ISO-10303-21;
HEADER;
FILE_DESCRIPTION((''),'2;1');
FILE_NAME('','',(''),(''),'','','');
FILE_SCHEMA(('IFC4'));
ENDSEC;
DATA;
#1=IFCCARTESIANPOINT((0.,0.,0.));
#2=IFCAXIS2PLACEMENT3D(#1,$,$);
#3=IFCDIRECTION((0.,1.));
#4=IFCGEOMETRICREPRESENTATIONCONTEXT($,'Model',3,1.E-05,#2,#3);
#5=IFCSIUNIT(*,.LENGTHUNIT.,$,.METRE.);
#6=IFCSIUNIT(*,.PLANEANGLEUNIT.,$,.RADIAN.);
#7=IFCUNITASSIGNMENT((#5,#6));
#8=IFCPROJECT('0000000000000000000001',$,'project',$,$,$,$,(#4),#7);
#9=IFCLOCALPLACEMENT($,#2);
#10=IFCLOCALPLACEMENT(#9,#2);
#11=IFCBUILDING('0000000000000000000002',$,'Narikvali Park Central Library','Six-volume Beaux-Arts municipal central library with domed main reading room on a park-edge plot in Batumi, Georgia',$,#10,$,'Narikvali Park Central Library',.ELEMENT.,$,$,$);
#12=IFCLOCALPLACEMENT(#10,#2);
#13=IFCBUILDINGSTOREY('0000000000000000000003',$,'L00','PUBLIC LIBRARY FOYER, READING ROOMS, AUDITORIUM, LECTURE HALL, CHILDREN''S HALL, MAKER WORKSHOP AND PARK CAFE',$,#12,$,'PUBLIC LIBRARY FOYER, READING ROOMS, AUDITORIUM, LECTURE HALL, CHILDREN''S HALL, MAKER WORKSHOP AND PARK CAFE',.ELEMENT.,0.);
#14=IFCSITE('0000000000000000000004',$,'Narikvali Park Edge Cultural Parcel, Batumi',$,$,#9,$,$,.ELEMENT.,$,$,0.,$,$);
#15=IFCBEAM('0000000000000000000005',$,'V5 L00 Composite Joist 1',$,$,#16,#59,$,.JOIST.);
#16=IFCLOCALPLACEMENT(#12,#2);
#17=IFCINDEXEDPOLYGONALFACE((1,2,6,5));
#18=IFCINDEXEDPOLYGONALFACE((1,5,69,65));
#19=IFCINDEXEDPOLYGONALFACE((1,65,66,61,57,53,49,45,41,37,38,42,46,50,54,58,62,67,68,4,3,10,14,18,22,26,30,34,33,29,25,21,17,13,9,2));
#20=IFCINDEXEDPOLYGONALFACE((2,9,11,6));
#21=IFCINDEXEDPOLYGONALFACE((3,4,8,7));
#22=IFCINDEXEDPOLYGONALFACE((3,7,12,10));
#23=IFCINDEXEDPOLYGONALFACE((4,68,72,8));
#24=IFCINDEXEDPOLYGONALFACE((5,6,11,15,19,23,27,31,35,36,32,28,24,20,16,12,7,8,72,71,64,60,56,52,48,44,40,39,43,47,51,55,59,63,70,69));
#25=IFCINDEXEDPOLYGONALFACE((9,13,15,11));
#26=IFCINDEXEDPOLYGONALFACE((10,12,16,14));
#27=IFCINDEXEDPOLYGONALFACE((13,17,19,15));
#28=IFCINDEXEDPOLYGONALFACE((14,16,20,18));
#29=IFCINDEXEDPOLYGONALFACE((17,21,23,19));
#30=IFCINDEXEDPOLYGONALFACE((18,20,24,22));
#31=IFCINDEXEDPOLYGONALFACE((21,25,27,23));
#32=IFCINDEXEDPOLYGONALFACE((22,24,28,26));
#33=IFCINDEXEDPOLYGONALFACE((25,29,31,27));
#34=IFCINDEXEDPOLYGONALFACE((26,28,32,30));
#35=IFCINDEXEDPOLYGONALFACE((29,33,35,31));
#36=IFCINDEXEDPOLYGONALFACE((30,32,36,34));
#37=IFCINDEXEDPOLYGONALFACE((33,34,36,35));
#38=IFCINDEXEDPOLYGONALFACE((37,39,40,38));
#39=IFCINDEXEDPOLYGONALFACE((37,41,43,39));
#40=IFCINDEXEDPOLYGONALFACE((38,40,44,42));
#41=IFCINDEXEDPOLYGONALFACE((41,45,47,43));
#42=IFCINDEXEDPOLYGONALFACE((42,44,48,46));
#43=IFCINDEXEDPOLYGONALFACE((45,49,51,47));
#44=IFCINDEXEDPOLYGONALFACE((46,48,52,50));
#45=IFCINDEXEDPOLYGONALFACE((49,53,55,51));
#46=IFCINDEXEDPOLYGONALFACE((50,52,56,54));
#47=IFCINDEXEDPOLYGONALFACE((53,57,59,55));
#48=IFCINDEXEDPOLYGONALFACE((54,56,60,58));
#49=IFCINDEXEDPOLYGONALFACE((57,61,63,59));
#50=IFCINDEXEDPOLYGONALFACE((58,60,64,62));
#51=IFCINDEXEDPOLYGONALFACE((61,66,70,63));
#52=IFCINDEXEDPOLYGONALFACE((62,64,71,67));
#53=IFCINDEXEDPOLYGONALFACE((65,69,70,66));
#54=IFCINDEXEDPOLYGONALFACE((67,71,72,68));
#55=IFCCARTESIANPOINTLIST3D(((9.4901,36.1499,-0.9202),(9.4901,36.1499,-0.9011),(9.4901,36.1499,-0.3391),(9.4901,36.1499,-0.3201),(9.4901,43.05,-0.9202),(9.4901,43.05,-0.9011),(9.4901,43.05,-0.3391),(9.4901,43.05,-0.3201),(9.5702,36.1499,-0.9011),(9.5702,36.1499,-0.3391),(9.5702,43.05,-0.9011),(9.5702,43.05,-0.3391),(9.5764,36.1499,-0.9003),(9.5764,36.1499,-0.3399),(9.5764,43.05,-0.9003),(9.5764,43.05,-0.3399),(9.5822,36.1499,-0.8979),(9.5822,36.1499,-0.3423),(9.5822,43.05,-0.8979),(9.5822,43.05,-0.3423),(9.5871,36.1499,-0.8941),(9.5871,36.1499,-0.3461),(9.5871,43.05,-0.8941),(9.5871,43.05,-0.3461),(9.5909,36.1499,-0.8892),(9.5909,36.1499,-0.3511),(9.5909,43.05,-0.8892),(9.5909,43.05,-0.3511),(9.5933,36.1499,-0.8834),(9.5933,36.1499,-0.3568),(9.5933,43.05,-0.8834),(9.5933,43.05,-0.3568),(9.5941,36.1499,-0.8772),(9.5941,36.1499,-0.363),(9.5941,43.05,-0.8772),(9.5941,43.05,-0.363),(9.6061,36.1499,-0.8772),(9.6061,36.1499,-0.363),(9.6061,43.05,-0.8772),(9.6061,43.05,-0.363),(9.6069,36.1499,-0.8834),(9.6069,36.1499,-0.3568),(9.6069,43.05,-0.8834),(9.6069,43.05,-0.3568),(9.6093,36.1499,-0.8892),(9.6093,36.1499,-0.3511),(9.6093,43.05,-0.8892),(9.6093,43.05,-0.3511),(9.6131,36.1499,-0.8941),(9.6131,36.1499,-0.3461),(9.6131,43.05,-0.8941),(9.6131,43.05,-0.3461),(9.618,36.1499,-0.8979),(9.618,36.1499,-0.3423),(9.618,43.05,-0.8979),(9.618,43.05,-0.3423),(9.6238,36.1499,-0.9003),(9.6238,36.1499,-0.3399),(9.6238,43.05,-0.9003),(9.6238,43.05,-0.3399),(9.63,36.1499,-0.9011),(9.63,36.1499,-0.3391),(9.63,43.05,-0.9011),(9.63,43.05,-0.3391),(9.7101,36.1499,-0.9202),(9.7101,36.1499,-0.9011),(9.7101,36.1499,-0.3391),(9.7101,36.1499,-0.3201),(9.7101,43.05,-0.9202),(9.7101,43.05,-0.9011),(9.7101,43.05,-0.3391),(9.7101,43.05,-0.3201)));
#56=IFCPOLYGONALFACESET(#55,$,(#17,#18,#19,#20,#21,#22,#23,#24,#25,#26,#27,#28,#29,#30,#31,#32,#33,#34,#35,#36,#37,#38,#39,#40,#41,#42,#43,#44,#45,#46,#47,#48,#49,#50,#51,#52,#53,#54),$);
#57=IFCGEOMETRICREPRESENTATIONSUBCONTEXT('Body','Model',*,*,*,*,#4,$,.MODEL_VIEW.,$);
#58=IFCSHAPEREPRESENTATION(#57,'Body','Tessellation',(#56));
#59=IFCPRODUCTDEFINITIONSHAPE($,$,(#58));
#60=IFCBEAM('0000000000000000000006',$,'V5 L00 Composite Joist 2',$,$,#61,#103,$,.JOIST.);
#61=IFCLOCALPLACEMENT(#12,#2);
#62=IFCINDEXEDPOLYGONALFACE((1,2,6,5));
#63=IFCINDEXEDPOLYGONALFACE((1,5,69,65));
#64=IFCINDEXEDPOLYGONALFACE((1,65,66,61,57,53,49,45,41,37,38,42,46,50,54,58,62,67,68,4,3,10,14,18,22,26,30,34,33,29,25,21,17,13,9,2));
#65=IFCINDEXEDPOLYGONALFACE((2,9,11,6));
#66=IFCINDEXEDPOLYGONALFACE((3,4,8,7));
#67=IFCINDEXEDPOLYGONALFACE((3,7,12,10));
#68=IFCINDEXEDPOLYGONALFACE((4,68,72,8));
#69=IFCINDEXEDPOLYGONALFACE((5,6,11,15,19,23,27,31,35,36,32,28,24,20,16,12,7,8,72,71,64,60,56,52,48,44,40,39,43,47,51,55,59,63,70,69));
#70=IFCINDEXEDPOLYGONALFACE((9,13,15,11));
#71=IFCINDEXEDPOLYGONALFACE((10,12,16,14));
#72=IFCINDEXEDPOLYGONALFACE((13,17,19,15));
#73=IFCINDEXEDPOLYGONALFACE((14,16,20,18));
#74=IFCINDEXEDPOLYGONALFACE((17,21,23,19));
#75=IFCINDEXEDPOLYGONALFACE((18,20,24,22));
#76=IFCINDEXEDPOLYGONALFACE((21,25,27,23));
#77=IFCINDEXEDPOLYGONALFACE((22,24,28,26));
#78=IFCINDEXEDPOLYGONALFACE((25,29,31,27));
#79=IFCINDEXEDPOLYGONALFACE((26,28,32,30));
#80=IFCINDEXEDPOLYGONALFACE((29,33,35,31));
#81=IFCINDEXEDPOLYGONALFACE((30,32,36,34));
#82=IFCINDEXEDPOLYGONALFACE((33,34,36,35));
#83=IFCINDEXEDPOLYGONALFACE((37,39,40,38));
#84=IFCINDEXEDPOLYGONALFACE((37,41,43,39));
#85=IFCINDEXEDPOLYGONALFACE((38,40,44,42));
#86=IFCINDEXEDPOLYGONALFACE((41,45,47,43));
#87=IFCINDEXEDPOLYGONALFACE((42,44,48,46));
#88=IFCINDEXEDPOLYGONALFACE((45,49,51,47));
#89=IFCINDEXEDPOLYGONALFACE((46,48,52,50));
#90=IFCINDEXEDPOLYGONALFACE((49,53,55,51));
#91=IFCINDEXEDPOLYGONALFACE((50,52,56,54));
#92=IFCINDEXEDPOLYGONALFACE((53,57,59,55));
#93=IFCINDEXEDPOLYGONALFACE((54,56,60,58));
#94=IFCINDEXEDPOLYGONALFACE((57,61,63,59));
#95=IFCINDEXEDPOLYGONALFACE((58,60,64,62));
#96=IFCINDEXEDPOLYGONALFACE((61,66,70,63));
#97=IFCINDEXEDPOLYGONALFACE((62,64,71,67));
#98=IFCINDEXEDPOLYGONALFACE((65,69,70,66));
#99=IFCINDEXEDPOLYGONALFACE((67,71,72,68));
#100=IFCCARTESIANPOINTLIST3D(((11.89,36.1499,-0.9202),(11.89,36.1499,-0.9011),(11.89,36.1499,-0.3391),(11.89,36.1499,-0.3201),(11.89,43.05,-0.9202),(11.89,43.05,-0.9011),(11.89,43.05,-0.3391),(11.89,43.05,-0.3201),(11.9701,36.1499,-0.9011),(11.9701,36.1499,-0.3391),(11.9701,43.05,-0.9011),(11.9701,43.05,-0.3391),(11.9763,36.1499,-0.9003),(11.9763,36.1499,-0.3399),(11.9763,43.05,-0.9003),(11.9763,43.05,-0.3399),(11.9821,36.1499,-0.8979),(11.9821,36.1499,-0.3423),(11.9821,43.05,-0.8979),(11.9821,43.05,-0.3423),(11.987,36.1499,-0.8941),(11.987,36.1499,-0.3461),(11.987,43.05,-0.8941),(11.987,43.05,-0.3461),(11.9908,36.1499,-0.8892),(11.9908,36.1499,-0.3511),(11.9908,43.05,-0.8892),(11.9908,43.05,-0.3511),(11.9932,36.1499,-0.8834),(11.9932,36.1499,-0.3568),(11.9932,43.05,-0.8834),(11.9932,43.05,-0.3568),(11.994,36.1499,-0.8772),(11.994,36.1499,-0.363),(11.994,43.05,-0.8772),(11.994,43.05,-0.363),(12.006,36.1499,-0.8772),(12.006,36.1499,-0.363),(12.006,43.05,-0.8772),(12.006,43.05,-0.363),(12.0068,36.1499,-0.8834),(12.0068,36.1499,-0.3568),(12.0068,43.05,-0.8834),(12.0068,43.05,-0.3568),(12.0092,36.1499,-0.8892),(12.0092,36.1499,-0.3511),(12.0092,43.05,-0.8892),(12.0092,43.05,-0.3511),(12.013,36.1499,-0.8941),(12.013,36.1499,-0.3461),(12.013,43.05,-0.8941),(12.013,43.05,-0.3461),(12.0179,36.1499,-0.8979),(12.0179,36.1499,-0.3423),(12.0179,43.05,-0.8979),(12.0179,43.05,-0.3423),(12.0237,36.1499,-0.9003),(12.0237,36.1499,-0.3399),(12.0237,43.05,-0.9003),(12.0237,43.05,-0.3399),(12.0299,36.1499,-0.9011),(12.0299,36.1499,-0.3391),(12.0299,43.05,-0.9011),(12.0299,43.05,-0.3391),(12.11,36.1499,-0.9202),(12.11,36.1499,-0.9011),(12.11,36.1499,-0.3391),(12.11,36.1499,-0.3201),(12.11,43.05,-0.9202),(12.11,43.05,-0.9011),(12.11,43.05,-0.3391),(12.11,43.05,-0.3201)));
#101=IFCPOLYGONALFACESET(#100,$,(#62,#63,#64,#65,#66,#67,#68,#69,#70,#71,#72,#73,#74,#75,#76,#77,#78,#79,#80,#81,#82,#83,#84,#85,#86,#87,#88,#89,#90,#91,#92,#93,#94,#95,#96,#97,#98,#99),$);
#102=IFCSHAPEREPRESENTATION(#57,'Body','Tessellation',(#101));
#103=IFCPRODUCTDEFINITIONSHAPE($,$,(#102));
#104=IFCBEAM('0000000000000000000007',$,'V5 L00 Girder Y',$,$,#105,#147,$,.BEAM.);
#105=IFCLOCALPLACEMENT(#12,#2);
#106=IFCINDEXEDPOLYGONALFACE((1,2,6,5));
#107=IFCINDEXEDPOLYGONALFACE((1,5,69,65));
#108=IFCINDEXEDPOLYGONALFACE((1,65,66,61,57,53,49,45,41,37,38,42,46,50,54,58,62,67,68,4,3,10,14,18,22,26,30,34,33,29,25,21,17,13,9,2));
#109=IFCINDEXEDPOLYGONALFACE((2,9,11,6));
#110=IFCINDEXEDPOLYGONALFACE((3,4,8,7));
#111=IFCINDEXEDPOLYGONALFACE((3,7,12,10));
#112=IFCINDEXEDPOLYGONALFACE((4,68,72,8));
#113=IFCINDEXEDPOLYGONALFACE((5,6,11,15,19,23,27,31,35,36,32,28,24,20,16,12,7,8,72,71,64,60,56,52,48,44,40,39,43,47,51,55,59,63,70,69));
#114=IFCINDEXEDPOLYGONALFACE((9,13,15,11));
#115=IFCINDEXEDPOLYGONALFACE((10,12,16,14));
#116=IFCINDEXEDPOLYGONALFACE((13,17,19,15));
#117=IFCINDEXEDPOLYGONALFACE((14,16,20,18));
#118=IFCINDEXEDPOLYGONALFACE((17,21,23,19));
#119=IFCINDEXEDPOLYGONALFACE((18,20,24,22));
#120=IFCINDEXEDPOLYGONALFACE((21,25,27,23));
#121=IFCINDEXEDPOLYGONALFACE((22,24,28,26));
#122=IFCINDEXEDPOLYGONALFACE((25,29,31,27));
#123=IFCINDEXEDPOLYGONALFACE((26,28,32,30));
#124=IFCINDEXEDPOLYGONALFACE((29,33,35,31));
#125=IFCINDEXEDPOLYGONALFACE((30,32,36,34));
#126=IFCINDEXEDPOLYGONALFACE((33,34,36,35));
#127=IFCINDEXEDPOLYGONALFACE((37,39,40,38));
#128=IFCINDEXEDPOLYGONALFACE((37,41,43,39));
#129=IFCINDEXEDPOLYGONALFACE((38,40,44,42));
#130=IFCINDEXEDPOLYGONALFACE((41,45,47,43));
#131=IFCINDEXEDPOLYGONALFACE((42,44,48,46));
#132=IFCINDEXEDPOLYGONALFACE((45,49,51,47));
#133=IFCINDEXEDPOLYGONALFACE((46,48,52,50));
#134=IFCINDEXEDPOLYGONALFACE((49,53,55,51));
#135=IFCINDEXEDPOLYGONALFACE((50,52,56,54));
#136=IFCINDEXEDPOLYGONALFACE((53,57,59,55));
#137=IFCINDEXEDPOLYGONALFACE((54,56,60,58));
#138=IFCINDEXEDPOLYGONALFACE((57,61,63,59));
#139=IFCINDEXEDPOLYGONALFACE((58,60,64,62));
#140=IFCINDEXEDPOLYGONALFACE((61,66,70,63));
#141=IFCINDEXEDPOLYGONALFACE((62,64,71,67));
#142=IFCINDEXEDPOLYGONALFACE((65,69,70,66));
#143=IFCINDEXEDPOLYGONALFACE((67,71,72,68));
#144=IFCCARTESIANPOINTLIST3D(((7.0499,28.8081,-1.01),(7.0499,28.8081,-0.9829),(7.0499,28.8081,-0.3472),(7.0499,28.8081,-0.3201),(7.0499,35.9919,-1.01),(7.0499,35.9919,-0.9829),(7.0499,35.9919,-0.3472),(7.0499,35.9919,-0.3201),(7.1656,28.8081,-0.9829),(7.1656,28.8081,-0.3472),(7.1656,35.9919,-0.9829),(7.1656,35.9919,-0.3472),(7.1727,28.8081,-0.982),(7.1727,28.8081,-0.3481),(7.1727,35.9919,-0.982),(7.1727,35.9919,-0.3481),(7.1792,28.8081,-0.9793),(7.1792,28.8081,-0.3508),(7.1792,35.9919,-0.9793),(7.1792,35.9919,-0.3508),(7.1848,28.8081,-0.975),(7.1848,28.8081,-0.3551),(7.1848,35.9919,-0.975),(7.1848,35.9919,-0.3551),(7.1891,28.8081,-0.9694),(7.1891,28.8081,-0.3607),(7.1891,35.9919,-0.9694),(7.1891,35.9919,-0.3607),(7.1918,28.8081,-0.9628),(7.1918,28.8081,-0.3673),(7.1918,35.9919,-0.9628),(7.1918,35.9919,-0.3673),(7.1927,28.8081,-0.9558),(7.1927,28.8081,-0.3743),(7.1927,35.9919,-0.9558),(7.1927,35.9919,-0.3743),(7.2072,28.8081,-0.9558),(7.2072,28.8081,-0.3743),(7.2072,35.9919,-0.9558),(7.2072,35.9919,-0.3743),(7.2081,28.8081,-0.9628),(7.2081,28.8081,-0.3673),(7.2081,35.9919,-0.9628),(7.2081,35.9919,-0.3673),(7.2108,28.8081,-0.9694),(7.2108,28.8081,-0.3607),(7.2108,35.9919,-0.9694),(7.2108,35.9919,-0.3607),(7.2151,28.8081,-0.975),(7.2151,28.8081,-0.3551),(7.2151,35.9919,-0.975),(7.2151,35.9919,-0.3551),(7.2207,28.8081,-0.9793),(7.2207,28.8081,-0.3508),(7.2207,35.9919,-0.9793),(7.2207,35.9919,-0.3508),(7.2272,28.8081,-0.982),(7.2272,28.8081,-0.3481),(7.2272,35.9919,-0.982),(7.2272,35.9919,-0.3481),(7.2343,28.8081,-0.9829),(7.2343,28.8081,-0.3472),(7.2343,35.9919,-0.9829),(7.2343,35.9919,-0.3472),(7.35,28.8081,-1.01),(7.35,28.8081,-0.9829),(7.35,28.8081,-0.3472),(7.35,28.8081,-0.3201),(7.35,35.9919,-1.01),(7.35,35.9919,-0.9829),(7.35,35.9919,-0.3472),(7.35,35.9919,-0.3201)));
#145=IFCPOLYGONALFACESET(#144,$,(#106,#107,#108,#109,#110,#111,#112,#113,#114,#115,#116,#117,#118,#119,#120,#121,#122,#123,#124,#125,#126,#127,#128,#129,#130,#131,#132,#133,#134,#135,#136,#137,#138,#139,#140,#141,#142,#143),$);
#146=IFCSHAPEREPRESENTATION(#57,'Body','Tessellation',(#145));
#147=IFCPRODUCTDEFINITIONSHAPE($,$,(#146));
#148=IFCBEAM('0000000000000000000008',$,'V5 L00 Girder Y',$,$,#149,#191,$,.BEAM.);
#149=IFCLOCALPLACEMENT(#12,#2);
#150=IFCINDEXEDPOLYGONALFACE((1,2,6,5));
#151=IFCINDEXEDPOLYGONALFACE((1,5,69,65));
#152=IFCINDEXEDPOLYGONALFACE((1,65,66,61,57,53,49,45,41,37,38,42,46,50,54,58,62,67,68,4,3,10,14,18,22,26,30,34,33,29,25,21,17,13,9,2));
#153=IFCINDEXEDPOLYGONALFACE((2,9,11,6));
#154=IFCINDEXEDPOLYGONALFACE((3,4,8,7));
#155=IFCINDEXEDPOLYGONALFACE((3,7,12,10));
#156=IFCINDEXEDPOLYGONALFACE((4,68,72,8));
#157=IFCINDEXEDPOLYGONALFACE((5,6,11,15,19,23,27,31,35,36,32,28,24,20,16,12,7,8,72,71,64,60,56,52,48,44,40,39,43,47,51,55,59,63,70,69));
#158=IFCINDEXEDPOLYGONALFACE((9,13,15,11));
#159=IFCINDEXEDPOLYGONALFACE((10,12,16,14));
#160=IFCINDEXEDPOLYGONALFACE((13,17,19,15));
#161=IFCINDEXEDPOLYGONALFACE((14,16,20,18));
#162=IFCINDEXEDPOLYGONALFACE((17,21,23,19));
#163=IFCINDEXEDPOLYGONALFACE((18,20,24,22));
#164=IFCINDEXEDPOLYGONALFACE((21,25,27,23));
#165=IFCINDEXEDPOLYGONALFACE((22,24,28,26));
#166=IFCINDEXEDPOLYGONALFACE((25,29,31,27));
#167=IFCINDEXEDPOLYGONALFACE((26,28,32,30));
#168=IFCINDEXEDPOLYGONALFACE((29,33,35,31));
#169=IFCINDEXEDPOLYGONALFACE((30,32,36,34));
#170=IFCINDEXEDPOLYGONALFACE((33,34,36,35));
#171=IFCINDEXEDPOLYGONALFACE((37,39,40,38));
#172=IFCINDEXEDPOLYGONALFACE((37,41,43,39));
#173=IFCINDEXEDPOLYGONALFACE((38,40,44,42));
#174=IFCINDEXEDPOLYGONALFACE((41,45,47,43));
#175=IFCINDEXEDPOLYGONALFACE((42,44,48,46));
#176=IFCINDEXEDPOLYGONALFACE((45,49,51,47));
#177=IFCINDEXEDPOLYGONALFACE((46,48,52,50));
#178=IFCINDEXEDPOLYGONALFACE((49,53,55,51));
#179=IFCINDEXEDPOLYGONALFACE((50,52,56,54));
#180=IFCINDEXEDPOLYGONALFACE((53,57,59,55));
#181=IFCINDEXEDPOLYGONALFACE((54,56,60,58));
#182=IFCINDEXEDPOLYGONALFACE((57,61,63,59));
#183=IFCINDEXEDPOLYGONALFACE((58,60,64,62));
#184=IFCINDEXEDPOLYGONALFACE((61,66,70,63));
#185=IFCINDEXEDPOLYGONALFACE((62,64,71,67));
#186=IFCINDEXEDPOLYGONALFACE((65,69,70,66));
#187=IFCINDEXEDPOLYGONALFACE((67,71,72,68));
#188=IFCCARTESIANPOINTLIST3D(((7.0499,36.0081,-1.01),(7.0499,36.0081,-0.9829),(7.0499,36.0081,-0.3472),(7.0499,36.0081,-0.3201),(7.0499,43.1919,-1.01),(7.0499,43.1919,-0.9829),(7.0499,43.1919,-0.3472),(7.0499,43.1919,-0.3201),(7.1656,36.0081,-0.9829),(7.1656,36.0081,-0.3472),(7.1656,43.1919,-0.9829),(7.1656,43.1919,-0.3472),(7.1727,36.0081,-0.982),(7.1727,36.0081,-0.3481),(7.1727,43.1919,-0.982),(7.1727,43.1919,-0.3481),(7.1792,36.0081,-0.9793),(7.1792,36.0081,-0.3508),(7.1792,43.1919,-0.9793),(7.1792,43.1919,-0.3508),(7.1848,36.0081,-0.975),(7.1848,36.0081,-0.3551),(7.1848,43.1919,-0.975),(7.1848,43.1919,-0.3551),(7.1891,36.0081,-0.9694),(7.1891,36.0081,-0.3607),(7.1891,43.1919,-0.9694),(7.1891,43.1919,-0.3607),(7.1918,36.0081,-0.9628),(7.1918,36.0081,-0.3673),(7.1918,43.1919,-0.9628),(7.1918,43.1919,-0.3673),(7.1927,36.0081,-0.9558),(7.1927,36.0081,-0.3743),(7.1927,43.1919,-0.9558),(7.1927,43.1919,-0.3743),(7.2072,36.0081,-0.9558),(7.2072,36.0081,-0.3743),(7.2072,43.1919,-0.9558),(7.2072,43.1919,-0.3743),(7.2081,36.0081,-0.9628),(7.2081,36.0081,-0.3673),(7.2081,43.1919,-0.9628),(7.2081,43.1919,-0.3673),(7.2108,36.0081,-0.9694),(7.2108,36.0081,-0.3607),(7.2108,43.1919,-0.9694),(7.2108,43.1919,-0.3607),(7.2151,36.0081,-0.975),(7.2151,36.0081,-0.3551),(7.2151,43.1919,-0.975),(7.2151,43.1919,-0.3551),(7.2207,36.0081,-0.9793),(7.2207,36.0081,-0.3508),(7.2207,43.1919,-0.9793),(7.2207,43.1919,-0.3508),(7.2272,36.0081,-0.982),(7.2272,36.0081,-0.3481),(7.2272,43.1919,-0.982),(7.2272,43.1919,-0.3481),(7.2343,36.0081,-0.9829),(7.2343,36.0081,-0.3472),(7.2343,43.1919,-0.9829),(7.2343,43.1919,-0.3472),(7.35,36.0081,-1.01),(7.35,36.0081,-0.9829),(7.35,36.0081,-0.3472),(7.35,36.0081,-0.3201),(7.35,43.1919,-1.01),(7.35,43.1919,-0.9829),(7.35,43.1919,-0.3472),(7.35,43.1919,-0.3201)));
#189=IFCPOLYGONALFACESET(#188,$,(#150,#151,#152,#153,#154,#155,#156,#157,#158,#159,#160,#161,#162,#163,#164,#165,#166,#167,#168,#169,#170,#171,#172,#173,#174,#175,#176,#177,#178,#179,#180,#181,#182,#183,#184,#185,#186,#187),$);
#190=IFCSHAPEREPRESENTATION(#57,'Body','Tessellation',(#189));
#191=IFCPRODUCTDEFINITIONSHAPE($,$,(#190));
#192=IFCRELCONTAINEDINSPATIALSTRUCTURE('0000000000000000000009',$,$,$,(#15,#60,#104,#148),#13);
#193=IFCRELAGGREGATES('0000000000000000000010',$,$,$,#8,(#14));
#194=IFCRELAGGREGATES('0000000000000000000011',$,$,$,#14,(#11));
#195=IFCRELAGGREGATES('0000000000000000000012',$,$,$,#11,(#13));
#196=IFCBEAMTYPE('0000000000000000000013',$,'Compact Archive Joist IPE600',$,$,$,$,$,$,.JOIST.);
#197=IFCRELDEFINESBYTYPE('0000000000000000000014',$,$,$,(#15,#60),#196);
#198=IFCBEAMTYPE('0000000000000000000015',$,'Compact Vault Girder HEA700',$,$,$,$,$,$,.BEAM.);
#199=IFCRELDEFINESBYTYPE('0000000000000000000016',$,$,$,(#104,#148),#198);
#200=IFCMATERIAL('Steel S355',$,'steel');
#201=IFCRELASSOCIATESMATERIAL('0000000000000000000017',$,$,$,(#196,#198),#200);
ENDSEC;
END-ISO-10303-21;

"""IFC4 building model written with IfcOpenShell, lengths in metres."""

from ifc_helpers import new_model, si_unit, direction, frame, origin, origin_2d, place, context, subcontext, project, spatial, i_section, extrude, material, material_profile, profile_set, type_object, element, save


model = new_model("IFC4")

# Units and contexts
model_context = context("Model", 3, precision=1e-05, world=origin(), true_north=direction((0.0, 1.0)))
body_context = subcontext(model_context, "Body", "Model", "MODEL_VIEW")
ifc_project = project(units=[si_unit("LENGTHUNIT", "METRE"), si_unit("PLANEANGLEUNIT", "RADIAN")], contexts=[model_context])

# Site, building, storey
site_placement = place(None, origin())
site = spatial("IfcSite", under=ifc_project, at=site_placement, Name="Narikvali Park Edge Cultural Parcel, Batumi", CompositionType="ELEMENT", RefElevation=0.0)
building_placement = place(site_placement, origin())
building = spatial("IfcBuilding", under=site, at=building_placement, Name="Narikvali Park Central Library", Description="Six-volume Beaux-Arts municipal central library with domed main reading room on a park-edge plot in Batumi, Georgia", LongName="Narikvali Park Central Library", CompositionType="ELEMENT")
storey_placement = place(building_placement, origin())
storey = spatial("IfcBuildingStorey", under=building, at=storey_placement, Name="L00", Description="PUBLIC LIBRARY FOYER, READING ROOMS, AUDITORIUM, LECTURE HALL, CHILDREN'S HALL, MAKER WORKSHOP AND PARK CAFE", LongName="PUBLIC LIBRARY FOYER, READING ROOMS, AUDITORIUM, LECTURE HALL, CHILDREN'S HALL, MAKER WORKSHOP AND PARK CAFE", CompositionType="ELEMENT", Elevation=0.0)

# Shared definitions
ifc_material_1 = material(Name="Steel S355", Category="steel")

# Beams
ifc_material_profile_1 = material_profile(ifc_material_1, i_section(OverallWidth=0.22, OverallDepth=0.6001, WebThickness=0.012, FlangeThickness=0.019, FilletRadius=0.0239, at=origin_2d()), Name="IPE 600")
ifc_profile_set_1 = profile_set([ifc_material_profile_1], Name="Steel S355")
beam_type_1 = type_object("IfcBeamType", Name="Compact Archive Joist IPE600", PredefinedType="JOIST", material=ifc_profile_set_1)
for number, where, z_axis, x_axis, name in (
    (1, (9.6001, 36.1499, -0.6201), (0.0, 1.0, 0.0), (-1.0, 0.0, 0.0), "V5 L00 Composite Joist 1"),
    (2, (12.0, 36.1499, -0.6201), (0.0, 1.0, 0.0), (-1.0, 0.0, 0.0), "V5 L00 Composite Joist 2"),
):
    element("IfcBeam", number, at=place(storey_placement, frame(where, z_axis=z_axis, x_axis=x_axis)), inside=storey, type_object=beam_type_1, Name=name, PredefinedType="JOIST", context=body_context, shape_type="SweptSolid", body=[
        extrude(i_section(OverallWidth=0.22, OverallDepth=0.6001, WebThickness=0.012, FlangeThickness=0.019, FilletRadius=0.0239, at=origin_2d()), origin(), (0.0, 0.0, 1.0), 6.9001),
    ])
ifc_material_profile_2 = material_profile(ifc_material_1, i_section(OverallWidth=0.3, OverallDepth=0.6899, WebThickness=0.0144, FlangeThickness=0.0271, FilletRadius=0.0271, at=origin_2d()), Name="HEA 700")
ifc_profile_set_2 = profile_set([ifc_material_profile_2], Name="Steel S355")
beam_type_2 = type_object("IfcBeamType", Name="Compact Vault Girder HEA700", PredefinedType="BEAM", material=ifc_profile_set_2)
for number, where, z_axis, x_axis, name in (
    (3, (7.2, 28.8081, -0.665), (0.0, 1.0, 0.0), (-1.0, 0.0, 0.0), "V5 L00 Girder Y"),
    (4, (7.2, 36.0081, -0.665), (0.0, 1.0, 0.0), (-1.0, 0.0, 0.0), "V5 L00 Girder Y"),
):
    element("IfcBeam", number, at=place(storey_placement, frame(where, z_axis=z_axis, x_axis=x_axis)), inside=storey, type_object=beam_type_2, Name=name, PredefinedType="BEAM", context=body_context, shape_type="SweptSolid", body=[
        extrude(i_section(OverallWidth=0.3, OverallDepth=0.6899, WebThickness=0.0144, FlangeThickness=0.0271, FilletRadius=0.0271, at=origin_2d()), origin(), (0.0, 0.0, 1.0), 7.1838),
    ])

save(model, "model.ifc")
